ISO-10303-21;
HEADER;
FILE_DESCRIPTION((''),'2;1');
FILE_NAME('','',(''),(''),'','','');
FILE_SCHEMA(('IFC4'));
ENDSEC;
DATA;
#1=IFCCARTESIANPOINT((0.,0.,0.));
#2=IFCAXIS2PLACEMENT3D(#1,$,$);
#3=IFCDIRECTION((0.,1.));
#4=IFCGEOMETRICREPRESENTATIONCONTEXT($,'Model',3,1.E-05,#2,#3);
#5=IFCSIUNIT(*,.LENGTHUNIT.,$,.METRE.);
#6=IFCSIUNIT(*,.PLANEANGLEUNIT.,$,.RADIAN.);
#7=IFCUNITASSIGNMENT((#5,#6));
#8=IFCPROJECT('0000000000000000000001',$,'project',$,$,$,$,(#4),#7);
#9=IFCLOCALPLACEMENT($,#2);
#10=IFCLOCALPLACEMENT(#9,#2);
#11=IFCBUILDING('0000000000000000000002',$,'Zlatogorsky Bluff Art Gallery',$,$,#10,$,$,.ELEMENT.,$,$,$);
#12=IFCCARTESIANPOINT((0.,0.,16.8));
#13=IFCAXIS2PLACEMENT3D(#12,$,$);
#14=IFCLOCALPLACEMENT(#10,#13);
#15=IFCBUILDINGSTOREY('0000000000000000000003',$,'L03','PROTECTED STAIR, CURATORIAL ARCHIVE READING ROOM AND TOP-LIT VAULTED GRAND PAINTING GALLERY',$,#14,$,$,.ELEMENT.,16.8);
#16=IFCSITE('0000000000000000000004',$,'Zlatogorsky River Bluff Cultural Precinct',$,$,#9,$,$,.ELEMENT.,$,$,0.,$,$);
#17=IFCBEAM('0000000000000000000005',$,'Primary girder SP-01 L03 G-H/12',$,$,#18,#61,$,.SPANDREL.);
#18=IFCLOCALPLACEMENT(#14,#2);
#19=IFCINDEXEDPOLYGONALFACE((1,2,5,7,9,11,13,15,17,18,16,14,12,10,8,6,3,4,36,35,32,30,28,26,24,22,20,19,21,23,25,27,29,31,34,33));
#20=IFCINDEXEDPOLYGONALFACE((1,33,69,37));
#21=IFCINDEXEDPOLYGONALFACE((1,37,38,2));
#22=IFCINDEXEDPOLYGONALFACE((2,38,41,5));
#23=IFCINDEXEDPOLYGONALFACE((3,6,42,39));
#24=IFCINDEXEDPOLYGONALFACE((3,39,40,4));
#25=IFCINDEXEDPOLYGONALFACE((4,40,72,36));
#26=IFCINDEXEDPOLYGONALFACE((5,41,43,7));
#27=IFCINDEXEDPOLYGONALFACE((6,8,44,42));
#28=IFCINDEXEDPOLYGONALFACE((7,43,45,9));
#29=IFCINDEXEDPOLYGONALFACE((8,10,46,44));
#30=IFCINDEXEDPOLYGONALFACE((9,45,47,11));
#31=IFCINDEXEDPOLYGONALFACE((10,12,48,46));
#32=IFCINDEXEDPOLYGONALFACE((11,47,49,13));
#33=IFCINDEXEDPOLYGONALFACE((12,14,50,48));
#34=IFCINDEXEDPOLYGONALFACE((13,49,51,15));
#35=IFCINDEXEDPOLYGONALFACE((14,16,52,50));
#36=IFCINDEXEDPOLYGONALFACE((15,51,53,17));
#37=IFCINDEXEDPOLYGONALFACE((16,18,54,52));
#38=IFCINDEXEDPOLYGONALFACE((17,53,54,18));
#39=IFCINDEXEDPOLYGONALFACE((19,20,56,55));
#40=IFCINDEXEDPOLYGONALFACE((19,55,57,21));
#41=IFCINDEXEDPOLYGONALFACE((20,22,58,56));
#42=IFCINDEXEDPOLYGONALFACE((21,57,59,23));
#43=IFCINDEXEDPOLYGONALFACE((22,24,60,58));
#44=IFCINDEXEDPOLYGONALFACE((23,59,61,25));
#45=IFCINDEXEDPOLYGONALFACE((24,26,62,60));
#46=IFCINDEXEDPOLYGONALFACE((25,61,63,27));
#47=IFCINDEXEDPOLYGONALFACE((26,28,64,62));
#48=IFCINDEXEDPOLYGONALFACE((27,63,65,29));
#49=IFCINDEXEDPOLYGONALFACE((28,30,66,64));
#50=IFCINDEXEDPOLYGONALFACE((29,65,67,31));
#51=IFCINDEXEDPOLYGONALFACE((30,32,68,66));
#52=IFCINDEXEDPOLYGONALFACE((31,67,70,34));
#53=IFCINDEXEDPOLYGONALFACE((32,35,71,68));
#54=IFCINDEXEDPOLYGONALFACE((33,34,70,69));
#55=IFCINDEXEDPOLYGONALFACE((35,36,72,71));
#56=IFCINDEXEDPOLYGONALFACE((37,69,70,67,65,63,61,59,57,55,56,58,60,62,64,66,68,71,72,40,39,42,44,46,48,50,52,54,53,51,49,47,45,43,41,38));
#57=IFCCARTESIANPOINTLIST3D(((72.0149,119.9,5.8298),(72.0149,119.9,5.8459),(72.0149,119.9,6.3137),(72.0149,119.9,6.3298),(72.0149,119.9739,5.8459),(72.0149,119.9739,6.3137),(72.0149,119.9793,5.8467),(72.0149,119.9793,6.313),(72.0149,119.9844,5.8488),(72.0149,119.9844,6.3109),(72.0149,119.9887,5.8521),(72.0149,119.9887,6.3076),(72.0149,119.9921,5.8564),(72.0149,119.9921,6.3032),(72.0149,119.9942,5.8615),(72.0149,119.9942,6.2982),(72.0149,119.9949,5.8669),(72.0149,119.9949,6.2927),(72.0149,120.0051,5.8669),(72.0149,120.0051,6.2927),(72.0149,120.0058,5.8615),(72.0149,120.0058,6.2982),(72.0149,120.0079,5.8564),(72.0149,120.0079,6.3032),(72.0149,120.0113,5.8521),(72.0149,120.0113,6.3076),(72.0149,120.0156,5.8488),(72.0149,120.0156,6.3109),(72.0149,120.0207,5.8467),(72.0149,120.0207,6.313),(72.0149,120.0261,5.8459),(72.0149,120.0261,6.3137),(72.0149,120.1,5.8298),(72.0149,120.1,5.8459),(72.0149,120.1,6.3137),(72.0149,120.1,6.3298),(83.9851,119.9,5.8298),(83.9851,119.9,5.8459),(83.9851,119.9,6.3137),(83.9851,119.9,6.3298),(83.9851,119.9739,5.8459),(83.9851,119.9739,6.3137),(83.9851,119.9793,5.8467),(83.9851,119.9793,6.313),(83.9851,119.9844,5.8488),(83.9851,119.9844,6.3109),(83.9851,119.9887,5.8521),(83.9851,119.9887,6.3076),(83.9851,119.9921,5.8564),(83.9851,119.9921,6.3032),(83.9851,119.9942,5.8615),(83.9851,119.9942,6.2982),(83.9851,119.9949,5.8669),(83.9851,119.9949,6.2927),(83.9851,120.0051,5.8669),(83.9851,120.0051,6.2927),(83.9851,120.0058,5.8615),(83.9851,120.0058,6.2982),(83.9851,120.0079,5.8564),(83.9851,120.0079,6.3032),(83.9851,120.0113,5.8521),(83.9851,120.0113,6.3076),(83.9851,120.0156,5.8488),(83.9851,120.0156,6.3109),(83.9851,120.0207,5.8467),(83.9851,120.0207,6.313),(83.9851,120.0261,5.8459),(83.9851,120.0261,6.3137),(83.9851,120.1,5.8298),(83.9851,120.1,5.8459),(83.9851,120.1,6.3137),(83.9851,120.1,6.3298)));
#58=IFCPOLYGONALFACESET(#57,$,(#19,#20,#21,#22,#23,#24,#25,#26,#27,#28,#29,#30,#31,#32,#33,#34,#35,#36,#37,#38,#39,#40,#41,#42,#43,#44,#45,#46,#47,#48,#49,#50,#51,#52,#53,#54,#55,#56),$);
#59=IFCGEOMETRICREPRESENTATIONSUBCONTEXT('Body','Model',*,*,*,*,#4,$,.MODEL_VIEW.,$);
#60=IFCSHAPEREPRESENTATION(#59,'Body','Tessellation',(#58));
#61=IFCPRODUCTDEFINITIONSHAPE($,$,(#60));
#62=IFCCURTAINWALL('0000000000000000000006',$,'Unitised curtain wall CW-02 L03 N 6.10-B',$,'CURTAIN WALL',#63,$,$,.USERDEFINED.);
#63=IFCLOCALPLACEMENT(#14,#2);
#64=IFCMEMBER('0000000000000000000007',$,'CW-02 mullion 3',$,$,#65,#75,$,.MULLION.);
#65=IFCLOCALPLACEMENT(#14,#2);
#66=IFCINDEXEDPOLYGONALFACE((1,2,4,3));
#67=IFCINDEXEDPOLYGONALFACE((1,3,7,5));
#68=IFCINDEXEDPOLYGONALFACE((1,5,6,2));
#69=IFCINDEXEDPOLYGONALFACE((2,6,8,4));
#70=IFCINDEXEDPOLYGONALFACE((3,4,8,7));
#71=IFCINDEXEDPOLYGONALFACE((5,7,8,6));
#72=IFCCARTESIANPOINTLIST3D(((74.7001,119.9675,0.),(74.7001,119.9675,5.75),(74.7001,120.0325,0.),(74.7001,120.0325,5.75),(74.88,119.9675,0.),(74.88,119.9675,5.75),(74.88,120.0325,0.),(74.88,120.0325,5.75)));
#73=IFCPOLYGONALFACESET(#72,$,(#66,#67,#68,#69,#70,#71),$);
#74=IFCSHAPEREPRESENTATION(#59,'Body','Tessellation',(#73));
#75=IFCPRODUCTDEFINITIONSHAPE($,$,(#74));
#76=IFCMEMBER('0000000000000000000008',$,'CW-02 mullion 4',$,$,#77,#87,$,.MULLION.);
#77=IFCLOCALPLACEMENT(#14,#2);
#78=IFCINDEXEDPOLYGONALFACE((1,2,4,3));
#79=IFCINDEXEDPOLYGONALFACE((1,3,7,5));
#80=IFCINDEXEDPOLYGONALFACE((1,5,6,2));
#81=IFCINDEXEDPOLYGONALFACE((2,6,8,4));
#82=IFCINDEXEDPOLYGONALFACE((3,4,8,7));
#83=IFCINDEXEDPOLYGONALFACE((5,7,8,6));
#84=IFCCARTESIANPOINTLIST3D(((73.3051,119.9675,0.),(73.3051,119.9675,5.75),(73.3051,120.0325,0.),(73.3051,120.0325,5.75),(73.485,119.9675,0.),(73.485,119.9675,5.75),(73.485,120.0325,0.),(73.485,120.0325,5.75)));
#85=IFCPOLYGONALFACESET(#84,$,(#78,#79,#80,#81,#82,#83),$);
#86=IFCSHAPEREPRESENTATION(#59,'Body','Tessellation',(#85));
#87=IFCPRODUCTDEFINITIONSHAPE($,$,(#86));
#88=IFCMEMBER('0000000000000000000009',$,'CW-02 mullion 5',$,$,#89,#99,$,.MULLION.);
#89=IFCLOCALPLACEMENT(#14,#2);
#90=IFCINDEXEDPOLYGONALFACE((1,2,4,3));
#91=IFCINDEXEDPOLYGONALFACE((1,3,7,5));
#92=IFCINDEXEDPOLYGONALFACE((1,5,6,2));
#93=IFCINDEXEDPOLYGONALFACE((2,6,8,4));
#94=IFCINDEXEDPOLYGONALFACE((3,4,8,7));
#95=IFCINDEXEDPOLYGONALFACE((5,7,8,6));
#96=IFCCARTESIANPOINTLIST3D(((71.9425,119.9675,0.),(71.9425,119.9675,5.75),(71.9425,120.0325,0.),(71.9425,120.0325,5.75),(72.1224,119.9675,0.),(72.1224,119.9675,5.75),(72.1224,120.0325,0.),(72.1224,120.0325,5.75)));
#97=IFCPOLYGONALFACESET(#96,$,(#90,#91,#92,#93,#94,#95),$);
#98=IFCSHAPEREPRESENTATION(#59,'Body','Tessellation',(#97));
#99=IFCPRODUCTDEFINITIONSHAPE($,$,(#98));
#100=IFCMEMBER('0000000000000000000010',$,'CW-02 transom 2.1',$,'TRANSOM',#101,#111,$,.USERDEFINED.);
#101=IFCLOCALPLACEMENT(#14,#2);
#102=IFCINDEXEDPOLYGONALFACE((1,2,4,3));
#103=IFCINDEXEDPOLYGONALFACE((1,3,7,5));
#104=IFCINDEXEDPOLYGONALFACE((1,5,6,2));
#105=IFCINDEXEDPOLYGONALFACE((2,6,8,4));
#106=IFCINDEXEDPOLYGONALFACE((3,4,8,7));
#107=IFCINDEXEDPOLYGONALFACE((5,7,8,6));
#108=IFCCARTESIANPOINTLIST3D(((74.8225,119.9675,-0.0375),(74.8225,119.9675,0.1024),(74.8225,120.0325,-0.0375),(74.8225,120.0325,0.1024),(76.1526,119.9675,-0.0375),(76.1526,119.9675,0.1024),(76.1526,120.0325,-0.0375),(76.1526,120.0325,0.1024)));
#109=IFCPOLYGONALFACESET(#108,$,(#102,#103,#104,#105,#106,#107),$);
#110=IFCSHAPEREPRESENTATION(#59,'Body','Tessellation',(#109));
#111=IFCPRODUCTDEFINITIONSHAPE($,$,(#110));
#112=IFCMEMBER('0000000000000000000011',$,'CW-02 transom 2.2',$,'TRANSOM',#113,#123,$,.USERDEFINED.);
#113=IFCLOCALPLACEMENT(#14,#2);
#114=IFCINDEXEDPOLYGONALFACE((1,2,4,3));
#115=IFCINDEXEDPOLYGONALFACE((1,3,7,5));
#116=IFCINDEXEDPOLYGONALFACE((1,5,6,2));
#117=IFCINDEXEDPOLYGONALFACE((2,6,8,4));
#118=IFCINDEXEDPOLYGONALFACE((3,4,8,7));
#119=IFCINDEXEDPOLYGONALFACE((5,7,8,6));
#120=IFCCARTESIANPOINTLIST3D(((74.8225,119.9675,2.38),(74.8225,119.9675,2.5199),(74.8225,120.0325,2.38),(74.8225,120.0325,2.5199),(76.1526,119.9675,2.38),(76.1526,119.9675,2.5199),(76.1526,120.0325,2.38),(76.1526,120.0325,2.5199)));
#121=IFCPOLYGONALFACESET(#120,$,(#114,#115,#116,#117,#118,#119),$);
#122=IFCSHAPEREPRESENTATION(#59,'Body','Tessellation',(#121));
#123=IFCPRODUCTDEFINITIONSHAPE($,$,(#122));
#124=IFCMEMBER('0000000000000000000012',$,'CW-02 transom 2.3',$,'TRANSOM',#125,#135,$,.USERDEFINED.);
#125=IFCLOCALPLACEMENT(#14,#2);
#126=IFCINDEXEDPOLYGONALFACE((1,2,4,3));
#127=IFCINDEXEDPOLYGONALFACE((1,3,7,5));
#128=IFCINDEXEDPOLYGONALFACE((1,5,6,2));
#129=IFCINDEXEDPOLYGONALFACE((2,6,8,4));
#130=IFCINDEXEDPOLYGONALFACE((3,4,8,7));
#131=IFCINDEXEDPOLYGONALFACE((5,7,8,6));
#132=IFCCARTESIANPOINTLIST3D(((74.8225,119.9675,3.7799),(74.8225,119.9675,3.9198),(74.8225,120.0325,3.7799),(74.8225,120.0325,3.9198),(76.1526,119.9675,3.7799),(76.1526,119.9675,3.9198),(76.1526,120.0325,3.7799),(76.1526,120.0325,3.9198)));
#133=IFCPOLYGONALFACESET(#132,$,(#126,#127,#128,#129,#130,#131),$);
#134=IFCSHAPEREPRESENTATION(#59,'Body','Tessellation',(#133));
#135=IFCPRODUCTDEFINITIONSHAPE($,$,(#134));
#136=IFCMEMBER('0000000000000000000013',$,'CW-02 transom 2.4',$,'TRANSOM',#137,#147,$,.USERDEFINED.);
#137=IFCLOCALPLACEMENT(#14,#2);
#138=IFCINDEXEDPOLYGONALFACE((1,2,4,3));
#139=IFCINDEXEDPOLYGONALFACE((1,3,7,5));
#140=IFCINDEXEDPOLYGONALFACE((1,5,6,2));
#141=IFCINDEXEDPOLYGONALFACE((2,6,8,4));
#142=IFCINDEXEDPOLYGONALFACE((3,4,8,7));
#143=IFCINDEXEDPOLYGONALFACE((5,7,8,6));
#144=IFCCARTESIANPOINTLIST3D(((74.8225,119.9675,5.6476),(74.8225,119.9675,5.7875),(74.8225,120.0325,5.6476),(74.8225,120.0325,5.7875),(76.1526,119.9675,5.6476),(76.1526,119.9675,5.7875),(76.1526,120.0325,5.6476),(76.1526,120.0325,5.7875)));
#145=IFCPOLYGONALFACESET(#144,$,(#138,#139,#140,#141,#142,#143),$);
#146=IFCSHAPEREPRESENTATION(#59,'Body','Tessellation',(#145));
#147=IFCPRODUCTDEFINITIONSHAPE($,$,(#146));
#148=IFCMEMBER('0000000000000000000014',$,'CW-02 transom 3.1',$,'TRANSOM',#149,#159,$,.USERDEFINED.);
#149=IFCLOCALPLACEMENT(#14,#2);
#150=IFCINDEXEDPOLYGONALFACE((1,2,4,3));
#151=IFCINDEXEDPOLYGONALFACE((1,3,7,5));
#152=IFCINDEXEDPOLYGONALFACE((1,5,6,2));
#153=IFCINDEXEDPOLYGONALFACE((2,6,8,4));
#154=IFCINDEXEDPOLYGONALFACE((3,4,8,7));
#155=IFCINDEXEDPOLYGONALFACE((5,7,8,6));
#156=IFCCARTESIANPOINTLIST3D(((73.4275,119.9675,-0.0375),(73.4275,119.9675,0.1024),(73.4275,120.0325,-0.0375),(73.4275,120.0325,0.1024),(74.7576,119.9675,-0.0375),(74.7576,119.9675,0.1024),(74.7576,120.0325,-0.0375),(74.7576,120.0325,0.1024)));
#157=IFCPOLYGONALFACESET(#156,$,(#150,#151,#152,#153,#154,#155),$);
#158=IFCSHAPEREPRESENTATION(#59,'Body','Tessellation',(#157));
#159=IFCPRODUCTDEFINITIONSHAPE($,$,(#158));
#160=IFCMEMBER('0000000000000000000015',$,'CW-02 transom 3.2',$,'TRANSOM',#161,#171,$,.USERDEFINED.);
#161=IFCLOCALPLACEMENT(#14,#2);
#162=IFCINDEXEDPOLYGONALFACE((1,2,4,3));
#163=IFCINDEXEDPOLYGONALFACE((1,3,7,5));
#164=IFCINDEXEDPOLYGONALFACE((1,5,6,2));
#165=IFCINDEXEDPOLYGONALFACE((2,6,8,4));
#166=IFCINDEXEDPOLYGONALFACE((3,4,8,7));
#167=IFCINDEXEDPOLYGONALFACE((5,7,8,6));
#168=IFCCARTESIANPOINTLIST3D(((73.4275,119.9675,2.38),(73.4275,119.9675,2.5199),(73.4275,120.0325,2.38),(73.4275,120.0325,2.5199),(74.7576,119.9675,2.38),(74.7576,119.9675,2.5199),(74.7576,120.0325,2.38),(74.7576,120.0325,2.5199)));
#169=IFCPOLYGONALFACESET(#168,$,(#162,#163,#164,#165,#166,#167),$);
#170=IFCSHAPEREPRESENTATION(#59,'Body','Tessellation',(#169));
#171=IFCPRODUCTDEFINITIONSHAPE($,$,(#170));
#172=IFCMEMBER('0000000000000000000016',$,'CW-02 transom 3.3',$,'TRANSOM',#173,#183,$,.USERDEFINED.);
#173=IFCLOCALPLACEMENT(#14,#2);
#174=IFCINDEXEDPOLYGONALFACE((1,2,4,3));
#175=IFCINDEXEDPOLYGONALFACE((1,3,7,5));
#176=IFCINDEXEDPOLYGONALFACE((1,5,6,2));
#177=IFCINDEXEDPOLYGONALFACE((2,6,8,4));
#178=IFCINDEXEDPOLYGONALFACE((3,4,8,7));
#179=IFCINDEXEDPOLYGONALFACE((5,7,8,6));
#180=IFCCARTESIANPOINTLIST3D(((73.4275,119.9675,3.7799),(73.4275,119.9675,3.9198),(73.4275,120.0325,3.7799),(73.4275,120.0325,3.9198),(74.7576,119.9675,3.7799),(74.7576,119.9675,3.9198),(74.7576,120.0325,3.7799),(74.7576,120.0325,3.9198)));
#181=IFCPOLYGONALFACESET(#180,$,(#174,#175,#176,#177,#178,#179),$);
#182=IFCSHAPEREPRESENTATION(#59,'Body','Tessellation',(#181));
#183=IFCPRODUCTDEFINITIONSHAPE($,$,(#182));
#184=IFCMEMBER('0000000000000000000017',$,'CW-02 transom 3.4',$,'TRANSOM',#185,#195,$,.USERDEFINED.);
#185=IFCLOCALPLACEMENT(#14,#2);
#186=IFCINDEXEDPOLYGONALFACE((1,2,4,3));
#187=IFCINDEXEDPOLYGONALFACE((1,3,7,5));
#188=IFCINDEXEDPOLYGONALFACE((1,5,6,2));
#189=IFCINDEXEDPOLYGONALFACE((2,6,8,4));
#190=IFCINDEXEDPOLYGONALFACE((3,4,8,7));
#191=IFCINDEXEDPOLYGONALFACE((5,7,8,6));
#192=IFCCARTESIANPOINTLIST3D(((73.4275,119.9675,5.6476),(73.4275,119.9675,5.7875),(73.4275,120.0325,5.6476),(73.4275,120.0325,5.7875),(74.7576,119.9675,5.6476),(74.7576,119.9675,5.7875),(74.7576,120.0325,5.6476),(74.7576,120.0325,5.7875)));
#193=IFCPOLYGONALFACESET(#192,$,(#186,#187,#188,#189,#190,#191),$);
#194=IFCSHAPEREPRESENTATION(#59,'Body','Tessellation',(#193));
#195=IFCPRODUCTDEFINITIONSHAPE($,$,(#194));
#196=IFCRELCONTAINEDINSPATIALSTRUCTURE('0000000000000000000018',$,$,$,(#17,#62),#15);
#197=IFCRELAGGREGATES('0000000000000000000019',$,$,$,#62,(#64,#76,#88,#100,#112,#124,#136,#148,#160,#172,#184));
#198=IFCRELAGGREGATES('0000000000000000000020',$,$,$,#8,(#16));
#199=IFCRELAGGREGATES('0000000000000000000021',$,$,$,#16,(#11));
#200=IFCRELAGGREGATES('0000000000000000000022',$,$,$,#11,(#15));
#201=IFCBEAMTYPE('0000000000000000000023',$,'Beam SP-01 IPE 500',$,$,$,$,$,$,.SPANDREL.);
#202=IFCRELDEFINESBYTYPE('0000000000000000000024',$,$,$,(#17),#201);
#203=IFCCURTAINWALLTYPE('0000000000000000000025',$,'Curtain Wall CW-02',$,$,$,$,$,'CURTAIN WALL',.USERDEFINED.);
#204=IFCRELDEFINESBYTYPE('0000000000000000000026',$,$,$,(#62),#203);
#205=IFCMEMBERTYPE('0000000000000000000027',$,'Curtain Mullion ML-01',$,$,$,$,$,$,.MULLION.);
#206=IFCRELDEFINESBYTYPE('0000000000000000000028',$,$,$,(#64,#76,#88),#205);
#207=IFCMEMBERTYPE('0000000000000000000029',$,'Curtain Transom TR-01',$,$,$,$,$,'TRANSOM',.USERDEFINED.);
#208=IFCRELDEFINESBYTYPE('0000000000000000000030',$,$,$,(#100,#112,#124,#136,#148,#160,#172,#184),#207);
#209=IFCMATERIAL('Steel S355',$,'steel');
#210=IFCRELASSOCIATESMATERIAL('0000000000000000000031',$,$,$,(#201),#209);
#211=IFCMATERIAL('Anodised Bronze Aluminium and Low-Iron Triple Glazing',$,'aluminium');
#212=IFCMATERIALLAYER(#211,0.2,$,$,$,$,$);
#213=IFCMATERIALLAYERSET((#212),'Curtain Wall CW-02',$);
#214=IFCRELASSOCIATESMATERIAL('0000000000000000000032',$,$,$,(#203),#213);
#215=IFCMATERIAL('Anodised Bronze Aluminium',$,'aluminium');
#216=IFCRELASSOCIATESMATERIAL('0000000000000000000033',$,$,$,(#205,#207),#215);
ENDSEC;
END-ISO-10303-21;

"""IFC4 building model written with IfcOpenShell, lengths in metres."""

from ifc_helpers import new_model, si_unit, direction, frame, origin, origin_2d, place, context, subcontext, project, spatial, rectangle, i_section, extrude, material, layer, layer_set, material_profile, profile_set, type_object, element, aggregate, save


model = new_model("IFC4")

# Units and contexts
model_context = context("Model", 3, precision=1e-05, world=origin(), true_north=direction((0.0, 1.0)))
body_context = subcontext(model_context, "Body", "Model", "MODEL_VIEW")
ifc_project = project(units=[si_unit("LENGTHUNIT", "METRE"), si_unit("PLANEANGLEUNIT", "RADIAN")], contexts=[model_context])

# Site, building, storey
site_placement = place(None, origin())
site = spatial("IfcSite", under=ifc_project, at=site_placement, Name="Zlatogorsky River Bluff Cultural Precinct", CompositionType="ELEMENT", RefElevation=0.0)
building_placement = place(site_placement, origin())
building = spatial("IfcBuilding", under=site, at=building_placement, Name="Zlatogorsky Bluff Art Gallery", CompositionType="ELEMENT")
storey_placement = place(building_placement, frame((0.0, 0.0, 16.8)))
storey = spatial("IfcBuildingStorey", under=building, at=storey_placement, Name="L03", Description="PROTECTED STAIR, CURATORIAL ARCHIVE READING ROOM AND TOP-LIT VAULTED GRAND PAINTING GALLERY", CompositionType="ELEMENT", Elevation=16.8)

# Beam
ifc_material_1 = material(Name="Steel S355", Category="steel")
ifc_material_profile_1 = material_profile(ifc_material_1, i_section(OverallWidth=0.2, OverallDepth=0.5, WebThickness=0.0103, FlangeThickness=0.0161, FilletRadius=0.021, at=origin_2d()), Name="IPE 500")
ifc_profile_set_1 = profile_set([ifc_material_profile_1], Name="Steel S355")
beam_type = type_object("IfcBeamType", Name="Beam SP-01 IPE 500", PredefinedType="SPANDREL", material=ifc_profile_set_1)
beam_placement = place(storey_placement, frame((72.0149, 120.0, 6.0798), z_axis=(1.0, 0.0, 0.0), x_axis=(0.0, 1.0, 0.0)))
element("IfcBeam", 1, at=beam_placement, inside=storey, type_object=beam_type, Name="Primary girder SP-01 L03 G-H/12", PredefinedType="SPANDREL", context=body_context, shape_type="SweptSolid", body=[
    extrude(i_section(OverallWidth=0.2, OverallDepth=0.5, WebThickness=0.0103, FlangeThickness=0.0161, FilletRadius=0.021, at=origin_2d()), origin(), (0.0, 0.0, 1.0), 11.9702),
])

# Curtain wall, members
ifc_material_2 = material(Name="Anodised Bronze Aluminium and Low-Iron Triple Glazing", Category="aluminium")
ifc_layer_1 = layer(ifc_material_2, 0.2)
ifc_layer_set_1 = layer_set([ifc_layer_1], Name="Curtain Wall CW-02")
curtain_wall_type = type_object("IfcCurtainWallType", Name="Curtain Wall CW-02", ElementType="CURTAIN WALL", PredefinedType="USERDEFINED", material=ifc_layer_set_1)
curtain_wall_placement = place(storey_placement, origin())
curtain_wall = element("IfcCurtainWall", 2, at=curtain_wall_placement, inside=storey, type_object=curtain_wall_type, Name="Unitised curtain wall CW-02 L03 N 6.10-B", ObjectType="CURTAIN WALL", PredefinedType="USERDEFINED")
ifc_material_3 = material(Name="Anodised Bronze Aluminium", Category="aluminium")
ifc_material_profile_2 = material_profile(ifc_material_3, rectangle(XDim=0.0649, YDim=0.1799, at=origin_2d()), Name="ALU MULLION 65x180")
ifc_profile_set_2 = profile_set([ifc_material_profile_2], Name="Anodised Bronze Aluminium")
member_type_1 = type_object("IfcMemberType", Name="Curtain Mullion ML-01", PredefinedType="MULLION", material=ifc_profile_set_2)
member_1_placement = place(storey_placement, frame((74.79, 120.0, 0.0), z_axis=(0.0, 0.0, 1.0), x_axis=(0.0, -1.0, 0.0)))
member_1 = element("IfcMember", 3, at=member_1_placement, type_object=member_type_1, Name="CW-02 mullion 3", PredefinedType="MULLION", context=body_context, shape_type="SweptSolid", body=[
    extrude(rectangle(XDim=0.0649, YDim=0.1799, at=origin_2d()), origin(), (0.0, 0.0, 1.0), 5.75),
])
member_2_placement = place(storey_placement, frame((73.395, 120.0, 0.0), z_axis=(0.0, 0.0, 1.0), x_axis=(0.0, -1.0, 0.0)))
member_2 = element("IfcMember", 4, at=member_2_placement, type_object=member_type_1, Name="CW-02 mullion 4", PredefinedType="MULLION", context=body_context, shape_type="SweptSolid", body=[
    extrude(rectangle(XDim=0.0649, YDim=0.1799, at=origin_2d()), origin(), (0.0, 0.0, 1.0), 5.75),
])
member_3_placement = place(storey_placement, frame((72.0325, 120.0, 0.0), z_axis=(0.0, 0.0, 1.0), x_axis=(0.0, -1.0, 0.0)))
member_3 = element("IfcMember", 5, at=member_3_placement, type_object=member_type_1, Name="CW-02 mullion 5", PredefinedType="MULLION", context=body_context, shape_type="SweptSolid", body=[
    extrude(rectangle(XDim=0.0649, YDim=0.1799, at=origin_2d()), origin(), (0.0, 0.0, 1.0), 5.75),
])
ifc_material_profile_3 = material_profile(ifc_material_3, rectangle(XDim=0.0649, YDim=0.1399, at=origin_2d()), Name="ALU TRANSOM 65x140")
ifc_profile_set_3 = profile_set([ifc_material_profile_3], Name="Anodised Bronze Aluminium")
member_type_2 = type_object("IfcMemberType", Name="Curtain Transom TR-01", ElementType="TRANSOM", PredefinedType="USERDEFINED", material=ifc_profile_set_3)
member_4_placement = place(storey_placement, frame((76.1526, 120.0, 0.0325), z_axis=(-1.0, 0.0, 0.0), x_axis=(0.0, -1.0, 0.0)))
member_4 = element("IfcMember", 6, at=member_4_placement, type_object=member_type_2, Name="CW-02 transom 2.1", ObjectType="TRANSOM", PredefinedType="USERDEFINED", context=body_context, shape_type="SweptSolid", body=[
    extrude(rectangle(XDim=0.0649, YDim=0.1399, at=origin_2d()), origin(), (0.0, 0.0, 1.0), 1.3301),
])
member_5_placement = place(storey_placement, frame((76.1526, 120.0, 2.45), z_axis=(-1.0, 0.0, 0.0), x_axis=(0.0, -1.0, 0.0)))
member_5 = element("IfcMember", 7, at=member_5_placement, type_object=member_type_2, Name="CW-02 transom 2.2", ObjectType="TRANSOM", PredefinedType="USERDEFINED", context=body_context, shape_type="SweptSolid", body=[
    extrude(rectangle(XDim=0.0649, YDim=0.1399, at=origin_2d()), origin(), (0.0, 0.0, 1.0), 1.3301),
])
member_6_placement = place(storey_placement, frame((76.1526, 120.0, 3.8499), z_axis=(-1.0, 0.0, 0.0), x_axis=(0.0, -1.0, 0.0)))
member_6 = element("IfcMember", 8, at=member_6_placement, type_object=member_type_2, Name="CW-02 transom 2.3", ObjectType="TRANSOM", PredefinedType="USERDEFINED", context=body_context, shape_type="SweptSolid", body=[
    extrude(rectangle(XDim=0.0649, YDim=0.1399, at=origin_2d()), origin(), (0.0, 0.0, 1.0), 1.3301),
])
member_7_placement = place(storey_placement, frame((76.1526, 120.0, 5.7175), z_axis=(-1.0, 0.0, 0.0), x_axis=(0.0, -1.0, 0.0)))
member_7 = element("IfcMember", 9, at=member_7_placement, type_object=member_type_2, Name="CW-02 transom 2.4", ObjectType="TRANSOM", PredefinedType="USERDEFINED", context=body_context, shape_type="SweptSolid", body=[
    extrude(rectangle(XDim=0.0649, YDim=0.1399, at=origin_2d()), origin(), (0.0, 0.0, 1.0), 1.3301),
])
member_8_placement = place(storey_placement, frame((74.7576, 120.0, 0.0325), z_axis=(-1.0, 0.0, 0.0), x_axis=(0.0, -1.0, 0.0)))
member_8 = element("IfcMember", 10, at=member_8_placement, type_object=member_type_2, Name="CW-02 transom 3.1", ObjectType="TRANSOM", PredefinedType="USERDEFINED", context=body_context, shape_type="SweptSolid", body=[
    extrude(rectangle(XDim=0.0649, YDim=0.1399, at=origin_2d()), origin(), (0.0, 0.0, 1.0), 1.3301),
])
member_9_placement = place(storey_placement, frame((74.7576, 120.0, 2.45), z_axis=(-1.0, 0.0, 0.0), x_axis=(0.0, -1.0, 0.0)))
member_9 = element("IfcMember", 11, at=member_9_placement, type_object=member_type_2, Name="CW-02 transom 3.2", ObjectType="TRANSOM", PredefinedType="USERDEFINED", context=body_context, shape_type="SweptSolid", body=[
    extrude(rectangle(XDim=0.0649, YDim=0.1399, at=origin_2d()), origin(), (0.0, 0.0, 1.0), 1.3301),
])
member_10_placement = place(storey_placement, frame((74.7576, 120.0, 3.8499), z_axis=(-1.0, 0.0, 0.0), x_axis=(0.0, -1.0, 0.0)))
member_10 = element("IfcMember", 12, at=member_10_placement, type_object=member_type_2, Name="CW-02 transom 3.3", ObjectType="TRANSOM", PredefinedType="USERDEFINED", context=body_context, shape_type="SweptSolid", body=[
    extrude(rectangle(XDim=0.0649, YDim=0.1399, at=origin_2d()), origin(), (0.0, 0.0, 1.0), 1.3301),
])
member_11_placement = place(storey_placement, frame((74.7576, 120.0, 5.7175), z_axis=(-1.0, 0.0, 0.0), x_axis=(0.0, -1.0, 0.0)))
member_11 = element("IfcMember", 13, at=member_11_placement, type_object=member_type_2, Name="CW-02 transom 3.4", ObjectType="TRANSOM", PredefinedType="USERDEFINED", context=body_context, shape_type="SweptSolid", body=[
    extrude(rectangle(XDim=0.0649, YDim=0.1399, at=origin_2d()), origin(), (0.0, 0.0, 1.0), 1.3301),
])
aggregate(curtain_wall, [member_1, member_2, member_3, member_4, member_5, member_6, member_7, member_8, member_9, member_10, member_11])

save(model, "model.ifc")
